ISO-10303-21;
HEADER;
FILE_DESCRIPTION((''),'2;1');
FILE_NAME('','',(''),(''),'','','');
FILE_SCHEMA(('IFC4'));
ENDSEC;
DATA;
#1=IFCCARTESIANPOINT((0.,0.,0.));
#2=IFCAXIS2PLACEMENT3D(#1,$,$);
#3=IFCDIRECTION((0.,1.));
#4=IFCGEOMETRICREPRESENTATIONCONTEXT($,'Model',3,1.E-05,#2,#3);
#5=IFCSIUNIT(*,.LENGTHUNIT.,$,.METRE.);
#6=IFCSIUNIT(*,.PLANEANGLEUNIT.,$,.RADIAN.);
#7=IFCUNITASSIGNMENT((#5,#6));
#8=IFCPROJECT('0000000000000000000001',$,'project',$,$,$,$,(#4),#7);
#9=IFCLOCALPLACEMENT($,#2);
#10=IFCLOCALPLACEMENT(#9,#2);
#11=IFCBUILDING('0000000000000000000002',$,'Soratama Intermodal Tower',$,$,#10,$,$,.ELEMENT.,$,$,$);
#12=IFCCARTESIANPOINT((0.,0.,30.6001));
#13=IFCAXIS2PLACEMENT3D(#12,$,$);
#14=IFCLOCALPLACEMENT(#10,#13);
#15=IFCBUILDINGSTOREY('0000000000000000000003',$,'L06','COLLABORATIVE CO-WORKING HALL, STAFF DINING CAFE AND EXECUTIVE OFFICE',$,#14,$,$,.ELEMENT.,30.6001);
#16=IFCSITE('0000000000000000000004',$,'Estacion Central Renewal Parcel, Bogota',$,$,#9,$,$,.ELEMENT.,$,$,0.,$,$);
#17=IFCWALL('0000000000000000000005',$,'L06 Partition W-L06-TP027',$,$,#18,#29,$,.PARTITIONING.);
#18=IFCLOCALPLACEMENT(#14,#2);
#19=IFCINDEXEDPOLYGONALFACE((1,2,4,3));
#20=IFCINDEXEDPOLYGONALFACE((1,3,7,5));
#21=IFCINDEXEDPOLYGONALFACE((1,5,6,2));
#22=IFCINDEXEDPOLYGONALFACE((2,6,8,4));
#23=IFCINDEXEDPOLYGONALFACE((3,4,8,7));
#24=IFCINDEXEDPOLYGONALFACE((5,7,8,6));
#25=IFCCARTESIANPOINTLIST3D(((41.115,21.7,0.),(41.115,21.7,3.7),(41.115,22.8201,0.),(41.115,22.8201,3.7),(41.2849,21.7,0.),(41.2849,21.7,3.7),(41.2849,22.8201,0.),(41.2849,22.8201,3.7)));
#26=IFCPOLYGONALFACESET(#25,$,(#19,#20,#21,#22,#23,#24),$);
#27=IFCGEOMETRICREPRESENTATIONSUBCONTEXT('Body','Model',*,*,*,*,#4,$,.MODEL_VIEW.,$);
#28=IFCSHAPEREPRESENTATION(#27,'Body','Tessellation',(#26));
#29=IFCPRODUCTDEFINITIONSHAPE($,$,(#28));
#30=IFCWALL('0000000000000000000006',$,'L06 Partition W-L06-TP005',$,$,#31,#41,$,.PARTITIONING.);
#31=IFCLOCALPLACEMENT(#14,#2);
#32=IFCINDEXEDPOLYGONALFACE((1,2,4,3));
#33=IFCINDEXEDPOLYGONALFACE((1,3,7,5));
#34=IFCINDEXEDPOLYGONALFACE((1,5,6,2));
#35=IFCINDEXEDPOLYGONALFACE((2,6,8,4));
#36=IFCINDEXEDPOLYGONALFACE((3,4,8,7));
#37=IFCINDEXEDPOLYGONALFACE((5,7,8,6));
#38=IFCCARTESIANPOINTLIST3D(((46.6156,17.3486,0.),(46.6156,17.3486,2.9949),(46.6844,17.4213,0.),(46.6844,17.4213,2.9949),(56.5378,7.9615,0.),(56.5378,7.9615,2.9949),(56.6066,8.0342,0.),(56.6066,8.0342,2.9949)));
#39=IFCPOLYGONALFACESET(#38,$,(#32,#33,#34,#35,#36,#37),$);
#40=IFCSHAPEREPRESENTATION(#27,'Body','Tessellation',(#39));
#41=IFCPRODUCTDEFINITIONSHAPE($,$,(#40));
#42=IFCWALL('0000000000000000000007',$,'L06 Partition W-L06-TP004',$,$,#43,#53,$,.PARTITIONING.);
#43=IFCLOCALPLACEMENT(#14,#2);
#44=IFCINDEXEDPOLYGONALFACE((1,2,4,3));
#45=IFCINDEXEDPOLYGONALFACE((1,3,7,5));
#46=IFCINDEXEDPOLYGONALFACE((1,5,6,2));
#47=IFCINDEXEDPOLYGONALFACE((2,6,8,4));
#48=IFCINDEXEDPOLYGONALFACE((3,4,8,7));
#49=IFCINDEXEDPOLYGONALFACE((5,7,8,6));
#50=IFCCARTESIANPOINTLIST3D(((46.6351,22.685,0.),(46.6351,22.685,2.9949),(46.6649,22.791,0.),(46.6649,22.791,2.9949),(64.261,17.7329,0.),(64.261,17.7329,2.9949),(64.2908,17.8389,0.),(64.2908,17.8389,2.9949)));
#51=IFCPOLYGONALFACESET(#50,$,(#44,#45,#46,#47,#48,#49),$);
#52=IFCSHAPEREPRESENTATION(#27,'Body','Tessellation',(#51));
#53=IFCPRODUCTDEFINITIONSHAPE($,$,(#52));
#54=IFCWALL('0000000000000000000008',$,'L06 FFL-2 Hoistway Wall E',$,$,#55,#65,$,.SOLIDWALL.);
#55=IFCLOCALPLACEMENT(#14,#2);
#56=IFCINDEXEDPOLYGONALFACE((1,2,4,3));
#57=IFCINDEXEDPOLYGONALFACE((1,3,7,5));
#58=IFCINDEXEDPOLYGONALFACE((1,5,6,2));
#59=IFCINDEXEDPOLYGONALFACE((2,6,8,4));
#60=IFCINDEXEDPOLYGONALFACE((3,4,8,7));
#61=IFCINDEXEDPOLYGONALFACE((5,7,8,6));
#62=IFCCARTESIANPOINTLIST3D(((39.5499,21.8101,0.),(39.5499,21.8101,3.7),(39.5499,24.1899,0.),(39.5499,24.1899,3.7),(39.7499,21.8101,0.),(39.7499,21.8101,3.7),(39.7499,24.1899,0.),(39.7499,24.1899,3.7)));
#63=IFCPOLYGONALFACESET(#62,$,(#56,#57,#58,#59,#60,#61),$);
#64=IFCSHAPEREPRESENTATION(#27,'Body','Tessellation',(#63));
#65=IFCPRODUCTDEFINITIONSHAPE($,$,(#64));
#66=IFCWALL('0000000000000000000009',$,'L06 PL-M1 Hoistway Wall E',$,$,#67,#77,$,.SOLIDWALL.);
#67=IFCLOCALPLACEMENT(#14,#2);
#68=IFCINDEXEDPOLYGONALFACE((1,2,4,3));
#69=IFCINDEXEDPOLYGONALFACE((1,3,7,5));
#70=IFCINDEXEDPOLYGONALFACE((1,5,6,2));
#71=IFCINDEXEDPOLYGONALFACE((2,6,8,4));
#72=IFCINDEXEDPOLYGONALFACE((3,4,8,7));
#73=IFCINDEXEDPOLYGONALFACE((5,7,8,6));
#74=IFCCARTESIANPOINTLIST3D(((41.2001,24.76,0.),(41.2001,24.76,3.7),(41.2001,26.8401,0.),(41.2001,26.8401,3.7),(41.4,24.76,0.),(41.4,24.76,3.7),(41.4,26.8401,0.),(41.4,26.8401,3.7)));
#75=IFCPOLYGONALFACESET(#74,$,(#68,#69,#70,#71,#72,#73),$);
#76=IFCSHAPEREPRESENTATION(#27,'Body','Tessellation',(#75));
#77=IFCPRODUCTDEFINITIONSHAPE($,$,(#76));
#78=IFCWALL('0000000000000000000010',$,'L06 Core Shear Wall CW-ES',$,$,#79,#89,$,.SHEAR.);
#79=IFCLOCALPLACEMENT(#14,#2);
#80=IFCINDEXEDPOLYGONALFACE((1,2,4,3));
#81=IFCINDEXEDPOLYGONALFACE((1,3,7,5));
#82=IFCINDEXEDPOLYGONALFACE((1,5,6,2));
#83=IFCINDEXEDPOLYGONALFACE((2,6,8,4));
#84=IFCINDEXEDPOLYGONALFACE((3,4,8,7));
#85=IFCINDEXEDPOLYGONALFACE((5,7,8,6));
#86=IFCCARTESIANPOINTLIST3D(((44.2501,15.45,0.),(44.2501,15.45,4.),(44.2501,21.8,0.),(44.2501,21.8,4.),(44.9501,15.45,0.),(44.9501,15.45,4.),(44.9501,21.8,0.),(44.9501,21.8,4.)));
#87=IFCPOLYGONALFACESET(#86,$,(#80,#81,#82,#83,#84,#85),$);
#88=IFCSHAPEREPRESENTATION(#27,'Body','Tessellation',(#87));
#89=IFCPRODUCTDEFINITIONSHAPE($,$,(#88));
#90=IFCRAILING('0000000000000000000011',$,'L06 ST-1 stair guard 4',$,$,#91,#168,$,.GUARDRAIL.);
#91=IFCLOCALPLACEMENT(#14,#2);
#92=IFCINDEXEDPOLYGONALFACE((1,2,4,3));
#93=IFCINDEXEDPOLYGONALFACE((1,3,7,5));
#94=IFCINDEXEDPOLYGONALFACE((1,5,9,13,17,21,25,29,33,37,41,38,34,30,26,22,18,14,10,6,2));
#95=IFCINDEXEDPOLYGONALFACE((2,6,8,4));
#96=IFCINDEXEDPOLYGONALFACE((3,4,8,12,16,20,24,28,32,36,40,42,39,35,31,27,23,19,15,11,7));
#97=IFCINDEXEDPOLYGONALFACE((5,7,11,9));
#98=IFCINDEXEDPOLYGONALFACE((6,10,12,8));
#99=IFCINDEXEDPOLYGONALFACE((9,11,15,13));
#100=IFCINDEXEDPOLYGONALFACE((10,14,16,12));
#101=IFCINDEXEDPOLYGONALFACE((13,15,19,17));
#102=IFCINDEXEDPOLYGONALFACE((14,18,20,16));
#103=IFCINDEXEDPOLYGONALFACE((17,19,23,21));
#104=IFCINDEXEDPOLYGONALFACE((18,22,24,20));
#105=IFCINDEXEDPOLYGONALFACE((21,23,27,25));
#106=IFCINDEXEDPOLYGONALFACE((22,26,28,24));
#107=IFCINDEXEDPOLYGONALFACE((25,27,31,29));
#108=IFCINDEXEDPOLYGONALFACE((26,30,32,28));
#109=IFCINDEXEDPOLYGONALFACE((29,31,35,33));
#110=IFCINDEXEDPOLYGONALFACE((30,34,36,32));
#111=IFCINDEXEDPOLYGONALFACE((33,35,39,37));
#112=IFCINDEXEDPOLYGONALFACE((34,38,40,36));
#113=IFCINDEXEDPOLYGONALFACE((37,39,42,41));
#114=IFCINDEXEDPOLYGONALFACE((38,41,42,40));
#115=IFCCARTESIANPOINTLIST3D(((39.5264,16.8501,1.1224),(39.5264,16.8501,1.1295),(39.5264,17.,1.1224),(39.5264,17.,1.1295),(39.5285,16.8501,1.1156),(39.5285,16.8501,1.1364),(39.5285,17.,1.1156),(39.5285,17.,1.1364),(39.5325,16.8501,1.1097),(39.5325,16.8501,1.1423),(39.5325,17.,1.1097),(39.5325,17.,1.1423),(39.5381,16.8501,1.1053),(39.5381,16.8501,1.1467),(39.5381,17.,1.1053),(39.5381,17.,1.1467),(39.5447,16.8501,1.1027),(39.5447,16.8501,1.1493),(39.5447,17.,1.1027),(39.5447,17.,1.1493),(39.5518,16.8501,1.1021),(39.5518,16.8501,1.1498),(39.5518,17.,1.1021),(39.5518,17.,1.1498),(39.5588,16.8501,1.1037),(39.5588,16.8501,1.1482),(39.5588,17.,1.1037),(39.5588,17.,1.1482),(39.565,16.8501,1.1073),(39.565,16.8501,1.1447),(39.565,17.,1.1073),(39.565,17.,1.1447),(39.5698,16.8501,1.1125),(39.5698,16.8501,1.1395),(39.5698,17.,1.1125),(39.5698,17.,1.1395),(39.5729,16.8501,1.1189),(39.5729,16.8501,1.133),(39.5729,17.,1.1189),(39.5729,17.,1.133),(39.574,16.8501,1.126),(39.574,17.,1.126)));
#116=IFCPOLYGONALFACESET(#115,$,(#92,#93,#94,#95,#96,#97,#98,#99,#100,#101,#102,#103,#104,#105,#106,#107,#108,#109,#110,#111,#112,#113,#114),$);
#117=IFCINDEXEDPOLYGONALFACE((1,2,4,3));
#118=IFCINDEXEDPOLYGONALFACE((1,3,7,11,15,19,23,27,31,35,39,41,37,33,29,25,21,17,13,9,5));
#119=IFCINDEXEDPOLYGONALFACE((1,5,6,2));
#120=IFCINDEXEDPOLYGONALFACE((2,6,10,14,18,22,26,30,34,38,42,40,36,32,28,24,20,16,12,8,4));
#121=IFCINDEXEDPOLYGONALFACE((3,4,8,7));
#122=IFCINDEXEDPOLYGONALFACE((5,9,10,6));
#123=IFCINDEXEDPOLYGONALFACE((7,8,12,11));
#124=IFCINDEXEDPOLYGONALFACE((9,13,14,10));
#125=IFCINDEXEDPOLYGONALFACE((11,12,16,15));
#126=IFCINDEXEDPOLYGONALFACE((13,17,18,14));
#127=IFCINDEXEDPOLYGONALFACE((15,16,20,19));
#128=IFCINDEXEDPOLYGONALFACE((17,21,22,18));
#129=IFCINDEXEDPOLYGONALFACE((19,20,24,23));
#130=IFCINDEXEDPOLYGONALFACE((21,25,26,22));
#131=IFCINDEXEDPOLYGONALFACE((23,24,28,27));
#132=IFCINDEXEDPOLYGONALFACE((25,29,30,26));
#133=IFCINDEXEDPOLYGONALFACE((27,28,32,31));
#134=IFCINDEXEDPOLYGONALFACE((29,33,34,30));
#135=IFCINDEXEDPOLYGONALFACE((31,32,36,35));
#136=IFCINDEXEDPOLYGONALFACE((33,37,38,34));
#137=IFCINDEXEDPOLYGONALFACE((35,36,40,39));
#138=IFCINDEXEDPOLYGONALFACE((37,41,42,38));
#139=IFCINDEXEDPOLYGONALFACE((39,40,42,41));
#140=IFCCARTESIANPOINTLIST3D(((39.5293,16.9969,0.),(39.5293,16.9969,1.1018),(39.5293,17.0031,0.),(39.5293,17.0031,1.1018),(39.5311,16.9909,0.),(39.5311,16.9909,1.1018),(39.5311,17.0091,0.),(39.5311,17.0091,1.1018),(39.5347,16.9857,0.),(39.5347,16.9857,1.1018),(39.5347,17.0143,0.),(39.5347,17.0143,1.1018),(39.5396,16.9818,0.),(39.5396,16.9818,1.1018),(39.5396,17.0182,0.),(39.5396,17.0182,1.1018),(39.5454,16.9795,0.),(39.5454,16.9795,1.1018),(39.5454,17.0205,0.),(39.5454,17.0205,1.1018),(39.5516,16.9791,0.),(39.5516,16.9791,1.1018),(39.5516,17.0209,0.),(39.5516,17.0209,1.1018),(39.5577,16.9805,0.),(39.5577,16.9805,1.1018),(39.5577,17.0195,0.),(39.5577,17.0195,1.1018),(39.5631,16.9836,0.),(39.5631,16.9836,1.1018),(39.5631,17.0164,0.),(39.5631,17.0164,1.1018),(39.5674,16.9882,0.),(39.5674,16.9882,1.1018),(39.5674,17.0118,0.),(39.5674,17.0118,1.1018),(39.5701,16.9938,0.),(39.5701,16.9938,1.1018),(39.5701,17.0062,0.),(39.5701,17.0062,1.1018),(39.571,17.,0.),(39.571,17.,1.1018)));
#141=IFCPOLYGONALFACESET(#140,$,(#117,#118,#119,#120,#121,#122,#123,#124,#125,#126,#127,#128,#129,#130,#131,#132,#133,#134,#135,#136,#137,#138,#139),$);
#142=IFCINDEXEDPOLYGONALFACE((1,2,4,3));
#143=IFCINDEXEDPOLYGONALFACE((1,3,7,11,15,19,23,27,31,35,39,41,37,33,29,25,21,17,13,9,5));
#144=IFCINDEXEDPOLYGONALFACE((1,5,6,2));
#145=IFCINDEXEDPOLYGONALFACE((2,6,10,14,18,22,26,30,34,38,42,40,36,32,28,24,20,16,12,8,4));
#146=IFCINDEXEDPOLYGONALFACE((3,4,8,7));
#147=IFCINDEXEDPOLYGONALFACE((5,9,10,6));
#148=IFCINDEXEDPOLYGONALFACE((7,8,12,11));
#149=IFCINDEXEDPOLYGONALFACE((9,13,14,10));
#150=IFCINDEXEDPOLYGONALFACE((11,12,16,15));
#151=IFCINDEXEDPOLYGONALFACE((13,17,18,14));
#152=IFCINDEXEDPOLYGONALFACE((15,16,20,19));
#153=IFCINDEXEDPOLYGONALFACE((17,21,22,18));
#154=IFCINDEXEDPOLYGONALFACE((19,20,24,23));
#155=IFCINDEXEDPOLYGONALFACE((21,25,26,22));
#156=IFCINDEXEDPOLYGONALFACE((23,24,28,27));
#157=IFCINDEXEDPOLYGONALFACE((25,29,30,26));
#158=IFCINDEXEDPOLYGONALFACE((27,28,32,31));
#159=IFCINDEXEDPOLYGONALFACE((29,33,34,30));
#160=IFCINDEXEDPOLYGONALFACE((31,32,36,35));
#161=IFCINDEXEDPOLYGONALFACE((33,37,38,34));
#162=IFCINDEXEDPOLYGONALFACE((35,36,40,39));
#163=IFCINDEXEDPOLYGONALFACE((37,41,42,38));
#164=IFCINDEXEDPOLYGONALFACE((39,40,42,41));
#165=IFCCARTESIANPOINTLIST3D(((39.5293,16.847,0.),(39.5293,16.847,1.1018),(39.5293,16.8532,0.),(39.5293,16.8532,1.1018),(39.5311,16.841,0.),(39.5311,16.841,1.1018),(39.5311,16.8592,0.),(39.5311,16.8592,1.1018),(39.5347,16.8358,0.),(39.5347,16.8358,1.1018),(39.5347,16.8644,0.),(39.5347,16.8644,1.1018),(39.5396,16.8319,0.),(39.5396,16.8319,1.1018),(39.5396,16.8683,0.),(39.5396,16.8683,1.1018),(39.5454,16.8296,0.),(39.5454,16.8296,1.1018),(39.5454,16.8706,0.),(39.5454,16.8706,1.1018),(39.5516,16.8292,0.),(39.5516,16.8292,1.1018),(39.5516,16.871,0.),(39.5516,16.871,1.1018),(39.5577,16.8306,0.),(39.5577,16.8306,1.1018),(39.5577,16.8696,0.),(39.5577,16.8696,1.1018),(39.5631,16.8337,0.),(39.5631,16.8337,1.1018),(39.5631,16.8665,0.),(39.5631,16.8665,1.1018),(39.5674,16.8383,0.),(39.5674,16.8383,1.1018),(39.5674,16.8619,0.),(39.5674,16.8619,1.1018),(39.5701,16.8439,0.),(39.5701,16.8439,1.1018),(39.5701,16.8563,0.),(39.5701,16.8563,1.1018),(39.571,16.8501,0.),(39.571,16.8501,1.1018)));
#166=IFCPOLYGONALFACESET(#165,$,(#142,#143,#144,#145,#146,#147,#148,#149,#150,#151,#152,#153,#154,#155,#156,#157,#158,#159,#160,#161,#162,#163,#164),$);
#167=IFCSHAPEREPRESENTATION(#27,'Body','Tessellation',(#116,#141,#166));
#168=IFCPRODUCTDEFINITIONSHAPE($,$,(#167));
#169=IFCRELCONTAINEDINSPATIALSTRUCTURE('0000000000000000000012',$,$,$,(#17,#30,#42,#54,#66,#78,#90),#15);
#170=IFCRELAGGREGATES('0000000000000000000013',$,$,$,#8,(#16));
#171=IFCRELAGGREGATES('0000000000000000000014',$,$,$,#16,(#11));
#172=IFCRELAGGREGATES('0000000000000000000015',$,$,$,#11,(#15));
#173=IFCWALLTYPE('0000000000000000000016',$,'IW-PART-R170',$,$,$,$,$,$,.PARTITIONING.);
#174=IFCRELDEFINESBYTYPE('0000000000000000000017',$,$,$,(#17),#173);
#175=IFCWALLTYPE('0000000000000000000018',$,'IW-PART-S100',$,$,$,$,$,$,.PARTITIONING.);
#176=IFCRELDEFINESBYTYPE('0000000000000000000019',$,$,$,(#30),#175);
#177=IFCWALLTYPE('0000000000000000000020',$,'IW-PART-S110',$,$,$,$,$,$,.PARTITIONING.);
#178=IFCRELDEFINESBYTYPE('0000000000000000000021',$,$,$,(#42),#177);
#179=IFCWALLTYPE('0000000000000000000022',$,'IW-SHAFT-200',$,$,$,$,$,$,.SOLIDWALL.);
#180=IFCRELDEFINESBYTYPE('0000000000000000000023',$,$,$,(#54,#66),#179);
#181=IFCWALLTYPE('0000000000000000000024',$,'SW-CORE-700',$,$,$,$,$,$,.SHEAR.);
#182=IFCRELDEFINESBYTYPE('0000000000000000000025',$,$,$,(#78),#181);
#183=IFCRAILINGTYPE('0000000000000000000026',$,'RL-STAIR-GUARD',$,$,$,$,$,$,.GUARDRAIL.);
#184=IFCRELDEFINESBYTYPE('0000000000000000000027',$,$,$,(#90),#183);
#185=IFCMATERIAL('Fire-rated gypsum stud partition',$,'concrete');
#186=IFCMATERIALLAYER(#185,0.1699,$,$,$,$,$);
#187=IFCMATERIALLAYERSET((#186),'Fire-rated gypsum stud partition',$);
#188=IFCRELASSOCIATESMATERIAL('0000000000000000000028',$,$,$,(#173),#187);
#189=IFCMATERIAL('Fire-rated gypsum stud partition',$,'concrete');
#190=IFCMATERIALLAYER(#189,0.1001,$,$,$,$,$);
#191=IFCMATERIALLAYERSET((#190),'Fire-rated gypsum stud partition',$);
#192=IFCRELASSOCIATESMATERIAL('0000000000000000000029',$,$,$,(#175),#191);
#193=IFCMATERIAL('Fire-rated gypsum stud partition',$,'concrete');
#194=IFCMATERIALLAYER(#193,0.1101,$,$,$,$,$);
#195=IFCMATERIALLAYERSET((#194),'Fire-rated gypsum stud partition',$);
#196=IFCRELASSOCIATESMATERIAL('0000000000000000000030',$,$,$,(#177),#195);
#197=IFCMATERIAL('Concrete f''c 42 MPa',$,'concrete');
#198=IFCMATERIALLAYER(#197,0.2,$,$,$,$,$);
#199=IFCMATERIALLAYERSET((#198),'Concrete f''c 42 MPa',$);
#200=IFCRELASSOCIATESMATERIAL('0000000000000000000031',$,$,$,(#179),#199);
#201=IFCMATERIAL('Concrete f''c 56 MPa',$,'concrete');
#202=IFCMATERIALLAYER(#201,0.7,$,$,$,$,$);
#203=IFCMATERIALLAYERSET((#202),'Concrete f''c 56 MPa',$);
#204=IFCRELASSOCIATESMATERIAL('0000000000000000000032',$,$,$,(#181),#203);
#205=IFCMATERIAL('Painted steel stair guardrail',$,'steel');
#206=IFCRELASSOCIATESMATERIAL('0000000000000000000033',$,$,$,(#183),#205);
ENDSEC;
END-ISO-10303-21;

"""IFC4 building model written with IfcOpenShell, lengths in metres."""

from ifc_helpers import new_model, si_unit, direction, frame, frame_2d, origin, origin_2d, place, context, subcontext, project, spatial, rectangle, circle, extrude, material, layer, layer_set, type_object, element, save


model = new_model("IFC4")

# Units and contexts
model_context = context("Model", 3, precision=1e-05, world=origin(), true_north=direction((0.0, 1.0)))
body_context = subcontext(model_context, "Body", "Model", "MODEL_VIEW")
ifc_project = project(units=[si_unit("LENGTHUNIT", "METRE"), si_unit("PLANEANGLEUNIT", "RADIAN")], contexts=[model_context])

# Site, building, storey
site_placement = place(None, origin())
site = spatial("IfcSite", under=ifc_project, at=site_placement, Name="Estacion Central Renewal Parcel, Bogota", CompositionType="ELEMENT", RefElevation=0.0)
building_placement = place(site_placement, origin())
building = spatial("IfcBuilding", under=site, at=building_placement, Name="Soratama Intermodal Tower", CompositionType="ELEMENT")
storey_placement = place(building_placement, frame((0.0, 0.0, 30.6001)))
storey = spatial("IfcBuildingStorey", under=building, at=storey_placement, Name="L06", Description="COLLABORATIVE CO-WORKING HALL, STAFF DINING CAFE AND EXECUTIVE OFFICE", CompositionType="ELEMENT", Elevation=30.6001)

# Shared definitions
ifc_material_1 = material(Name="Fire-rated gypsum stud partition", Category="concrete")
ifc_layer_1 = layer(ifc_material_1, 0.1699)
ifc_layer_set_1 = layer_set([ifc_layer_1], Name="Fire-rated gypsum stud partition")
wall_type_1 = type_object("IfcWallType", Name="IW-PART-R170", PredefinedType="PARTITIONING", material=ifc_layer_set_1)

# Walls
wall_1_placement = place(storey_placement, frame((41.2, 21.7, 0.0), z_axis=(0.0, 0.0, 1.0), x_axis=(0.0, 1.0, 0.0)))
element("IfcWall", 1, at=wall_1_placement, inside=storey, type_object=wall_type_1, Name="L06 Partition W-L06-TP027", PredefinedType="PARTITIONING", context=body_context, shape_type="SweptSolid", body=[
    extrude(rectangle(XDim=1.1201, YDim=0.1699, at=frame_2d((0.5601, 0.0))), origin(), (0.0, 0.0, 1.0), 3.7),
])
ifc_material_2 = material(Name="Fire-rated gypsum stud partition", Category="concrete")
ifc_layer_2 = layer(ifc_material_2, 0.1001)
ifc_layer_set_2 = layer_set([ifc_layer_2], Name="Fire-rated gypsum stud partition")
wall_type_2 = type_object("IfcWallType", Name="IW-PART-S100", PredefinedType="PARTITIONING", material=ifc_layer_set_2)
wall_2_placement = place(storey_placement, frame((46.6499, 17.385, 0.0), z_axis=(0.0, 0.0, 1.0), x_axis=(0.726425, -0.687245, 0.0)))
element("IfcWall", 2, at=wall_2_placement, inside=storey, type_object=wall_type_2, Name="L06 Partition W-L06-TP005", PredefinedType="PARTITIONING", context=body_context, shape_type="SweptSolid", body=[
    extrude(rectangle(XDim=13.6589, YDim=0.1001, at=frame_2d((6.8296, 0.0))), origin(), (0.0, 0.0, 1.0), 2.9949),
])
ifc_material_3 = material(Name="Fire-rated gypsum stud partition", Category="concrete")
ifc_layer_3 = layer(ifc_material_3, 0.1101)
ifc_layer_set_3 = layer_set([ifc_layer_3], Name="Fire-rated gypsum stud partition")
wall_type_3 = type_object("IfcWallType", Name="IW-PART-S110", PredefinedType="PARTITIONING", material=ifc_layer_set_3)
wall_3_placement = place(storey_placement, frame((46.6499, 22.738, 0.0), z_axis=(0.0, 0.0, 1.0), x_axis=(0.962724, -0.270485, 0.0)))
element("IfcWall", 3, at=wall_3_placement, inside=storey, type_object=wall_type_3, Name="L06 Partition W-L06-TP004", PredefinedType="PARTITIONING", context=body_context, shape_type="SweptSolid", body=[
    extrude(rectangle(XDim=18.3083, YDim=0.1101, at=frame_2d((9.1543, 0.0))), origin(), (0.0, 0.0, 1.0), 2.9949),
])
ifc_material_4 = material(Name="Concrete f'c 42 MPa", Category="concrete")
ifc_layer_4 = layer(ifc_material_4, 0.2)
ifc_layer_set_4 = layer_set([ifc_layer_4], Name="Concrete f'c 42 MPa")
wall_type_4 = type_object("IfcWallType", Name="IW-SHAFT-200", PredefinedType="SOLIDWALL", material=ifc_layer_set_4)
wall_4_placement = place(storey_placement, frame((39.6499, 21.8101, 0.0), z_axis=(0.0, 0.0, 1.0), x_axis=(0.0, 1.0, 0.0)))
element("IfcWall", 4, at=wall_4_placement, inside=storey, type_object=wall_type_4, Name="L06 FFL-2 Hoistway Wall E", PredefinedType="SOLIDWALL", context=body_context, shape_type="SweptSolid", body=[
    extrude(rectangle(XDim=2.3799, YDim=0.2, at=frame_2d((1.1899, 0.0))), origin(), (0.0, 0.0, 1.0), 3.7),
])
wall_5_placement = place(storey_placement, frame((41.3, 24.76, 0.0), z_axis=(0.0, 0.0, 1.0), x_axis=(0.0, 1.0, 0.0)))
element("IfcWall", 5, at=wall_5_placement, inside=storey, type_object=wall_type_4, Name="L06 PL-M1 Hoistway Wall E", PredefinedType="SOLIDWALL", context=body_context, shape_type="SweptSolid", body=[
    extrude(rectangle(XDim=2.0801, YDim=0.2, at=frame_2d((1.04, 0.0))), origin(), (0.0, 0.0, 1.0), 3.7),
])
ifc_material_5 = material(Name="Concrete f'c 56 MPa", Category="concrete")
ifc_layer_5 = layer(ifc_material_5, 0.7)
ifc_layer_set_5 = layer_set([ifc_layer_5], Name="Concrete f'c 56 MPa")
wall_type_5 = type_object("IfcWallType", Name="SW-CORE-700", PredefinedType="SHEAR", material=ifc_layer_set_5)
wall_6_placement = place(storey_placement, frame((44.6001, 15.45, 0.0), z_axis=(0.0, 0.0, 1.0), x_axis=(0.0, 1.0, 0.0)))
element("IfcWall", 6, at=wall_6_placement, inside=storey, type_object=wall_type_5, Name="L06 Core Shear Wall CW-ES", PredefinedType="SHEAR", context=body_context, shape_type="SweptSolid", body=[
    extrude(rectangle(XDim=6.3501, YDim=0.7, at=frame_2d((3.175, 0.0))), origin(), (0.0, 0.0, 1.0), 4.0),
])

# Railing
ifc_material_6 = material(Name="Painted steel stair guardrail", Category="steel")
railing_type_1 = type_object("IfcRailingType", Name="RL-STAIR-GUARD", PredefinedType="GUARDRAIL", material=ifc_material_6)
railing_1_placement = place(storey_placement, frame((39.55, 17.0, 0.0)))
element("IfcRailing", 7, at=railing_1_placement, inside=storey, type_object=railing_type_1, Name="L06 ST-1 stair guard 4", PredefinedType="GUARDRAIL", context=body_context, shape_type="SweptSolid", body=[
    extrude(circle(Radius=0.0239, at=origin_2d()), frame((0.0, 0.0, 1.126), z_axis=(0.0, -1.0, 0.0), x_axis=(1.0, 0.0, 0.0)), (0.0, 0.0, 1.0), 0.1499),
    extrude(circle(Radius=0.021, at=origin_2d()), origin(), (0.0, 0.0, 1.0), 1.1018),
    extrude(circle(Radius=0.021, at=origin_2d()), frame((0.0, -0.1499, 0.0)), (0.0, 0.0, 1.0), 1.1018),
])

save(model, "model.ifc")
